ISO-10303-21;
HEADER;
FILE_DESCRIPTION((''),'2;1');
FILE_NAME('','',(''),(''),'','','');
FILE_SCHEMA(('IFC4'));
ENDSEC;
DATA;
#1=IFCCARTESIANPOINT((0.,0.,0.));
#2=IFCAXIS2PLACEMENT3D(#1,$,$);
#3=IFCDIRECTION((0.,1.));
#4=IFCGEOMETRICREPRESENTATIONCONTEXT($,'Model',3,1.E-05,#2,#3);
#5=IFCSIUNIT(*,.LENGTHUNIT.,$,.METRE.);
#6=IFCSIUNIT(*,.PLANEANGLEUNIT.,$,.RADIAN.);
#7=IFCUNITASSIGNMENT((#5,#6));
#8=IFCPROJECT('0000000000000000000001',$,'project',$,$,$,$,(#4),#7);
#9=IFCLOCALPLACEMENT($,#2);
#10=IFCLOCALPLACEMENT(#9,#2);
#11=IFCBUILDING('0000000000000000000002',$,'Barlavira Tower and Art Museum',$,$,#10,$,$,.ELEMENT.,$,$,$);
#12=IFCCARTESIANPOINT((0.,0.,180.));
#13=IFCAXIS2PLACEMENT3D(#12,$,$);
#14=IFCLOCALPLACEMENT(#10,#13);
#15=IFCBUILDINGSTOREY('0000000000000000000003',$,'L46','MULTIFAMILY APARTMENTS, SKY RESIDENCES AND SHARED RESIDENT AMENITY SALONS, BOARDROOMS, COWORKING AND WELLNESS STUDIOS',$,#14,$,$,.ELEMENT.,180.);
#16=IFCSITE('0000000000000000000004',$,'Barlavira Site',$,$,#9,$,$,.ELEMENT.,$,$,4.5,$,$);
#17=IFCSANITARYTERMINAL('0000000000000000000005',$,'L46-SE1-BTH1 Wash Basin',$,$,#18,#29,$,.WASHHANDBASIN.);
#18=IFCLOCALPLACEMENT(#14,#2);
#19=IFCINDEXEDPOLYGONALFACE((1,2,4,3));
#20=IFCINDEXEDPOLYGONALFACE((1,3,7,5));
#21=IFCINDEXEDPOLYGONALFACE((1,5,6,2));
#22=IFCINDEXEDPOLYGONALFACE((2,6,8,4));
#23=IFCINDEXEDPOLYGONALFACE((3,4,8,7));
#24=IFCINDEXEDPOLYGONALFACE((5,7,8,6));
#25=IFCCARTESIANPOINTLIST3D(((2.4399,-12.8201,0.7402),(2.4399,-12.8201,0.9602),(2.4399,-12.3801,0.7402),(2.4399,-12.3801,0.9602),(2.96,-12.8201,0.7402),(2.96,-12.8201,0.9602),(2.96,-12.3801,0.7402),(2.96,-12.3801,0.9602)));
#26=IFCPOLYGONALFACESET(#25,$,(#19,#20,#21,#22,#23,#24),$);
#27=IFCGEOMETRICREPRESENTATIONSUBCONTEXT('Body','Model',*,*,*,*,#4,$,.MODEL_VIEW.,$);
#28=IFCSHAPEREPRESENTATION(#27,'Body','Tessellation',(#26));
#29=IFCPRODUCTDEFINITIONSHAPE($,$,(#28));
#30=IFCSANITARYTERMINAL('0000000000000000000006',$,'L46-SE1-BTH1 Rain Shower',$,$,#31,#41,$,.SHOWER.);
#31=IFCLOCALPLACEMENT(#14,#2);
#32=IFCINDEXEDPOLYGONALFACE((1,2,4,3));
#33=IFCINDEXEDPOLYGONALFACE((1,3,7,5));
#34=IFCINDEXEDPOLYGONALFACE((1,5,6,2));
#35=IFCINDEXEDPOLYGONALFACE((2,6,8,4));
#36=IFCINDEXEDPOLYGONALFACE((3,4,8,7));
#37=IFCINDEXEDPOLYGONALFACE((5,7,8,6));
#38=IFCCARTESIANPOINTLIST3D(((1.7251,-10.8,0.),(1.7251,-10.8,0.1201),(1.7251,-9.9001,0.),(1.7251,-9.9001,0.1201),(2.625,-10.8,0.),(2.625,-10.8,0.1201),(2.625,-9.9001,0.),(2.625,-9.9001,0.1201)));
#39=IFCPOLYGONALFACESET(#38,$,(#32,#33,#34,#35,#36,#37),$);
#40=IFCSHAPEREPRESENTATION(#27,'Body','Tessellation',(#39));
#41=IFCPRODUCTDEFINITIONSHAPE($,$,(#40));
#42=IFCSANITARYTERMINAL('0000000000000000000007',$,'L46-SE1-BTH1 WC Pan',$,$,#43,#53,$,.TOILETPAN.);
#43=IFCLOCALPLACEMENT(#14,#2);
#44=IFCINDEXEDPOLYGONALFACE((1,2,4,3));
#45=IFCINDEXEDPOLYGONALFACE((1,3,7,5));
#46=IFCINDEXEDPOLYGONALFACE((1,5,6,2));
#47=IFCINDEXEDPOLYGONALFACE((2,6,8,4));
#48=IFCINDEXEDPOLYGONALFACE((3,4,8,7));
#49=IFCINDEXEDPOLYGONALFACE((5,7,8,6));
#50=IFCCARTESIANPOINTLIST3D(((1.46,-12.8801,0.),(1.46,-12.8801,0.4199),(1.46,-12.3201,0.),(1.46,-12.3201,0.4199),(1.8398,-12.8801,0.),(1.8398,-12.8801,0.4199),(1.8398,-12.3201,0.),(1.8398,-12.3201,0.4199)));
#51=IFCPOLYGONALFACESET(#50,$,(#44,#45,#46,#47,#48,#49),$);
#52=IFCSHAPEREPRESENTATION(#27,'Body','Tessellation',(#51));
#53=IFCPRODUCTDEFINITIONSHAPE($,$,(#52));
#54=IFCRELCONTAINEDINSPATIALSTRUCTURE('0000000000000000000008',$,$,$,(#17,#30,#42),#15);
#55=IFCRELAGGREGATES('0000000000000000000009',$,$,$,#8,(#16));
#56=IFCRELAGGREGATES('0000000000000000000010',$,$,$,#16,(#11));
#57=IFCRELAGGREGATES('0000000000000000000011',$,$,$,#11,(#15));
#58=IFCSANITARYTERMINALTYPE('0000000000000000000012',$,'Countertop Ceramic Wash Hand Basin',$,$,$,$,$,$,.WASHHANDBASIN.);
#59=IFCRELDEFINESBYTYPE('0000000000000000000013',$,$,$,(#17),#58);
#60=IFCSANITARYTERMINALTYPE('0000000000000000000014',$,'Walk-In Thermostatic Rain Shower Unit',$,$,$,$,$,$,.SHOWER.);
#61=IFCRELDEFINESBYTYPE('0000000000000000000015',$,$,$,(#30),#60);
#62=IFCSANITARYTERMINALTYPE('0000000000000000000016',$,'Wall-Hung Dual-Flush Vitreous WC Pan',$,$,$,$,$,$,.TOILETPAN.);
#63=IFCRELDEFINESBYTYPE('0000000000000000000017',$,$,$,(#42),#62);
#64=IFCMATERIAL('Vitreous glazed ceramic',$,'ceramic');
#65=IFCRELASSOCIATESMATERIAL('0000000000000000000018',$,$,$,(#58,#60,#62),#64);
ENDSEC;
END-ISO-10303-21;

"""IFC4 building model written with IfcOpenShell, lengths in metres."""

from ifc_helpers import new_model, si_unit, direction, frame, origin, origin_2d, place, context, subcontext, project, spatial, rectangle, extrude, material, type_object, element, save


model = new_model("IFC4")

# Units and contexts
model_context = context("Model", 3, precision=1e-05, world=origin(), true_north=direction((0.0, 1.0)))
body_context = subcontext(model_context, "Body", "Model", "MODEL_VIEW")
ifc_project = project(units=[si_unit("LENGTHUNIT", "METRE"), si_unit("PLANEANGLEUNIT", "RADIAN")], contexts=[model_context])

# Site, building, storey
site_placement = place(None, origin())
site = spatial("IfcSite", under=ifc_project, at=site_placement, Name="Barlavira Site", CompositionType="ELEMENT", RefElevation=4.5)
building_placement = place(site_placement, origin())
building = spatial("IfcBuilding", under=site, at=building_placement, Name="Barlavira Tower and Art Museum", CompositionType="ELEMENT")
storey_placement = place(building_placement, frame((0.0, 0.0, 180.0)))
storey = spatial("IfcBuildingStorey", under=building, at=storey_placement, Name="L46", Description="MULTIFAMILY APARTMENTS, SKY RESIDENCES AND SHARED RESIDENT AMENITY SALONS, BOARDROOMS, COWORKING AND WELLNESS STUDIOS", CompositionType="ELEMENT", Elevation=180.0)

# Sanitary terminals
ifc_material_1 = material(Name="Vitreous glazed ceramic", Category="ceramic")
sanitary_terminal_type_1 = type_object("IfcSanitaryTerminalType", Name="Countertop Ceramic Wash Hand Basin", PredefinedType="WASHHANDBASIN", material=ifc_material_1)
sanitary_terminal_1_placement = place(storey_placement, frame((2.7, -12.6001, 0.7402), z_axis=(0.0, 0.0, 1.0), x_axis=(1.0, 0.0, 0.0)))
element("IfcSanitaryTerminal", 1, at=sanitary_terminal_1_placement, inside=storey, type_object=sanitary_terminal_type_1, Name="L46-SE1-BTH1 Wash Basin", PredefinedType="WASHHANDBASIN", context=body_context, shape_type="SweptSolid", body=[
    extrude(rectangle(XDim=0.52, YDim=0.4399, at=origin_2d()), origin(), (0.0, 0.0, 1.0), 0.22),
])
sanitary_terminal_type_2 = type_object("IfcSanitaryTerminalType", Name="Walk-In Thermostatic Rain Shower Unit", PredefinedType="SHOWER", material=ifc_material_1)
sanitary_terminal_2_placement = place(storey_placement, frame((2.175, -10.3501, 0.0), z_axis=(0.0, 0.0, 1.0), x_axis=(1.0, 0.0, 0.0)))
element("IfcSanitaryTerminal", 2, at=sanitary_terminal_2_placement, inside=storey, type_object=sanitary_terminal_type_2, Name="L46-SE1-BTH1 Rain Shower", PredefinedType="SHOWER", context=body_context, shape_type="SweptSolid", body=[
    extrude(rectangle(XDim=0.8999, YDim=0.8999, at=origin_2d()), origin(), (0.0, 0.0, 1.0), 0.1201),
])
sanitary_terminal_type_3 = type_object("IfcSanitaryTerminalType", Name="Wall-Hung Dual-Flush Vitreous WC Pan", PredefinedType="TOILETPAN", material=ifc_material_1)
sanitary_terminal_3_placement = place(storey_placement, frame((1.6499, -12.6001, 0.0), z_axis=(0.0, 0.0, 1.0), x_axis=(1.0, 0.0, 0.0)))
element("IfcSanitaryTerminal", 3, at=sanitary_terminal_3_placement, inside=storey, type_object=sanitary_terminal_type_3, Name="L46-SE1-BTH1 WC Pan", PredefinedType="TOILETPAN", context=body_context, shape_type="SweptSolid", body=[
    extrude(rectangle(XDim=0.3799, YDim=0.5601, at=origin_2d()), origin(), (0.0, 0.0, 1.0), 0.4199),
])

save(model, "model.ifc")
